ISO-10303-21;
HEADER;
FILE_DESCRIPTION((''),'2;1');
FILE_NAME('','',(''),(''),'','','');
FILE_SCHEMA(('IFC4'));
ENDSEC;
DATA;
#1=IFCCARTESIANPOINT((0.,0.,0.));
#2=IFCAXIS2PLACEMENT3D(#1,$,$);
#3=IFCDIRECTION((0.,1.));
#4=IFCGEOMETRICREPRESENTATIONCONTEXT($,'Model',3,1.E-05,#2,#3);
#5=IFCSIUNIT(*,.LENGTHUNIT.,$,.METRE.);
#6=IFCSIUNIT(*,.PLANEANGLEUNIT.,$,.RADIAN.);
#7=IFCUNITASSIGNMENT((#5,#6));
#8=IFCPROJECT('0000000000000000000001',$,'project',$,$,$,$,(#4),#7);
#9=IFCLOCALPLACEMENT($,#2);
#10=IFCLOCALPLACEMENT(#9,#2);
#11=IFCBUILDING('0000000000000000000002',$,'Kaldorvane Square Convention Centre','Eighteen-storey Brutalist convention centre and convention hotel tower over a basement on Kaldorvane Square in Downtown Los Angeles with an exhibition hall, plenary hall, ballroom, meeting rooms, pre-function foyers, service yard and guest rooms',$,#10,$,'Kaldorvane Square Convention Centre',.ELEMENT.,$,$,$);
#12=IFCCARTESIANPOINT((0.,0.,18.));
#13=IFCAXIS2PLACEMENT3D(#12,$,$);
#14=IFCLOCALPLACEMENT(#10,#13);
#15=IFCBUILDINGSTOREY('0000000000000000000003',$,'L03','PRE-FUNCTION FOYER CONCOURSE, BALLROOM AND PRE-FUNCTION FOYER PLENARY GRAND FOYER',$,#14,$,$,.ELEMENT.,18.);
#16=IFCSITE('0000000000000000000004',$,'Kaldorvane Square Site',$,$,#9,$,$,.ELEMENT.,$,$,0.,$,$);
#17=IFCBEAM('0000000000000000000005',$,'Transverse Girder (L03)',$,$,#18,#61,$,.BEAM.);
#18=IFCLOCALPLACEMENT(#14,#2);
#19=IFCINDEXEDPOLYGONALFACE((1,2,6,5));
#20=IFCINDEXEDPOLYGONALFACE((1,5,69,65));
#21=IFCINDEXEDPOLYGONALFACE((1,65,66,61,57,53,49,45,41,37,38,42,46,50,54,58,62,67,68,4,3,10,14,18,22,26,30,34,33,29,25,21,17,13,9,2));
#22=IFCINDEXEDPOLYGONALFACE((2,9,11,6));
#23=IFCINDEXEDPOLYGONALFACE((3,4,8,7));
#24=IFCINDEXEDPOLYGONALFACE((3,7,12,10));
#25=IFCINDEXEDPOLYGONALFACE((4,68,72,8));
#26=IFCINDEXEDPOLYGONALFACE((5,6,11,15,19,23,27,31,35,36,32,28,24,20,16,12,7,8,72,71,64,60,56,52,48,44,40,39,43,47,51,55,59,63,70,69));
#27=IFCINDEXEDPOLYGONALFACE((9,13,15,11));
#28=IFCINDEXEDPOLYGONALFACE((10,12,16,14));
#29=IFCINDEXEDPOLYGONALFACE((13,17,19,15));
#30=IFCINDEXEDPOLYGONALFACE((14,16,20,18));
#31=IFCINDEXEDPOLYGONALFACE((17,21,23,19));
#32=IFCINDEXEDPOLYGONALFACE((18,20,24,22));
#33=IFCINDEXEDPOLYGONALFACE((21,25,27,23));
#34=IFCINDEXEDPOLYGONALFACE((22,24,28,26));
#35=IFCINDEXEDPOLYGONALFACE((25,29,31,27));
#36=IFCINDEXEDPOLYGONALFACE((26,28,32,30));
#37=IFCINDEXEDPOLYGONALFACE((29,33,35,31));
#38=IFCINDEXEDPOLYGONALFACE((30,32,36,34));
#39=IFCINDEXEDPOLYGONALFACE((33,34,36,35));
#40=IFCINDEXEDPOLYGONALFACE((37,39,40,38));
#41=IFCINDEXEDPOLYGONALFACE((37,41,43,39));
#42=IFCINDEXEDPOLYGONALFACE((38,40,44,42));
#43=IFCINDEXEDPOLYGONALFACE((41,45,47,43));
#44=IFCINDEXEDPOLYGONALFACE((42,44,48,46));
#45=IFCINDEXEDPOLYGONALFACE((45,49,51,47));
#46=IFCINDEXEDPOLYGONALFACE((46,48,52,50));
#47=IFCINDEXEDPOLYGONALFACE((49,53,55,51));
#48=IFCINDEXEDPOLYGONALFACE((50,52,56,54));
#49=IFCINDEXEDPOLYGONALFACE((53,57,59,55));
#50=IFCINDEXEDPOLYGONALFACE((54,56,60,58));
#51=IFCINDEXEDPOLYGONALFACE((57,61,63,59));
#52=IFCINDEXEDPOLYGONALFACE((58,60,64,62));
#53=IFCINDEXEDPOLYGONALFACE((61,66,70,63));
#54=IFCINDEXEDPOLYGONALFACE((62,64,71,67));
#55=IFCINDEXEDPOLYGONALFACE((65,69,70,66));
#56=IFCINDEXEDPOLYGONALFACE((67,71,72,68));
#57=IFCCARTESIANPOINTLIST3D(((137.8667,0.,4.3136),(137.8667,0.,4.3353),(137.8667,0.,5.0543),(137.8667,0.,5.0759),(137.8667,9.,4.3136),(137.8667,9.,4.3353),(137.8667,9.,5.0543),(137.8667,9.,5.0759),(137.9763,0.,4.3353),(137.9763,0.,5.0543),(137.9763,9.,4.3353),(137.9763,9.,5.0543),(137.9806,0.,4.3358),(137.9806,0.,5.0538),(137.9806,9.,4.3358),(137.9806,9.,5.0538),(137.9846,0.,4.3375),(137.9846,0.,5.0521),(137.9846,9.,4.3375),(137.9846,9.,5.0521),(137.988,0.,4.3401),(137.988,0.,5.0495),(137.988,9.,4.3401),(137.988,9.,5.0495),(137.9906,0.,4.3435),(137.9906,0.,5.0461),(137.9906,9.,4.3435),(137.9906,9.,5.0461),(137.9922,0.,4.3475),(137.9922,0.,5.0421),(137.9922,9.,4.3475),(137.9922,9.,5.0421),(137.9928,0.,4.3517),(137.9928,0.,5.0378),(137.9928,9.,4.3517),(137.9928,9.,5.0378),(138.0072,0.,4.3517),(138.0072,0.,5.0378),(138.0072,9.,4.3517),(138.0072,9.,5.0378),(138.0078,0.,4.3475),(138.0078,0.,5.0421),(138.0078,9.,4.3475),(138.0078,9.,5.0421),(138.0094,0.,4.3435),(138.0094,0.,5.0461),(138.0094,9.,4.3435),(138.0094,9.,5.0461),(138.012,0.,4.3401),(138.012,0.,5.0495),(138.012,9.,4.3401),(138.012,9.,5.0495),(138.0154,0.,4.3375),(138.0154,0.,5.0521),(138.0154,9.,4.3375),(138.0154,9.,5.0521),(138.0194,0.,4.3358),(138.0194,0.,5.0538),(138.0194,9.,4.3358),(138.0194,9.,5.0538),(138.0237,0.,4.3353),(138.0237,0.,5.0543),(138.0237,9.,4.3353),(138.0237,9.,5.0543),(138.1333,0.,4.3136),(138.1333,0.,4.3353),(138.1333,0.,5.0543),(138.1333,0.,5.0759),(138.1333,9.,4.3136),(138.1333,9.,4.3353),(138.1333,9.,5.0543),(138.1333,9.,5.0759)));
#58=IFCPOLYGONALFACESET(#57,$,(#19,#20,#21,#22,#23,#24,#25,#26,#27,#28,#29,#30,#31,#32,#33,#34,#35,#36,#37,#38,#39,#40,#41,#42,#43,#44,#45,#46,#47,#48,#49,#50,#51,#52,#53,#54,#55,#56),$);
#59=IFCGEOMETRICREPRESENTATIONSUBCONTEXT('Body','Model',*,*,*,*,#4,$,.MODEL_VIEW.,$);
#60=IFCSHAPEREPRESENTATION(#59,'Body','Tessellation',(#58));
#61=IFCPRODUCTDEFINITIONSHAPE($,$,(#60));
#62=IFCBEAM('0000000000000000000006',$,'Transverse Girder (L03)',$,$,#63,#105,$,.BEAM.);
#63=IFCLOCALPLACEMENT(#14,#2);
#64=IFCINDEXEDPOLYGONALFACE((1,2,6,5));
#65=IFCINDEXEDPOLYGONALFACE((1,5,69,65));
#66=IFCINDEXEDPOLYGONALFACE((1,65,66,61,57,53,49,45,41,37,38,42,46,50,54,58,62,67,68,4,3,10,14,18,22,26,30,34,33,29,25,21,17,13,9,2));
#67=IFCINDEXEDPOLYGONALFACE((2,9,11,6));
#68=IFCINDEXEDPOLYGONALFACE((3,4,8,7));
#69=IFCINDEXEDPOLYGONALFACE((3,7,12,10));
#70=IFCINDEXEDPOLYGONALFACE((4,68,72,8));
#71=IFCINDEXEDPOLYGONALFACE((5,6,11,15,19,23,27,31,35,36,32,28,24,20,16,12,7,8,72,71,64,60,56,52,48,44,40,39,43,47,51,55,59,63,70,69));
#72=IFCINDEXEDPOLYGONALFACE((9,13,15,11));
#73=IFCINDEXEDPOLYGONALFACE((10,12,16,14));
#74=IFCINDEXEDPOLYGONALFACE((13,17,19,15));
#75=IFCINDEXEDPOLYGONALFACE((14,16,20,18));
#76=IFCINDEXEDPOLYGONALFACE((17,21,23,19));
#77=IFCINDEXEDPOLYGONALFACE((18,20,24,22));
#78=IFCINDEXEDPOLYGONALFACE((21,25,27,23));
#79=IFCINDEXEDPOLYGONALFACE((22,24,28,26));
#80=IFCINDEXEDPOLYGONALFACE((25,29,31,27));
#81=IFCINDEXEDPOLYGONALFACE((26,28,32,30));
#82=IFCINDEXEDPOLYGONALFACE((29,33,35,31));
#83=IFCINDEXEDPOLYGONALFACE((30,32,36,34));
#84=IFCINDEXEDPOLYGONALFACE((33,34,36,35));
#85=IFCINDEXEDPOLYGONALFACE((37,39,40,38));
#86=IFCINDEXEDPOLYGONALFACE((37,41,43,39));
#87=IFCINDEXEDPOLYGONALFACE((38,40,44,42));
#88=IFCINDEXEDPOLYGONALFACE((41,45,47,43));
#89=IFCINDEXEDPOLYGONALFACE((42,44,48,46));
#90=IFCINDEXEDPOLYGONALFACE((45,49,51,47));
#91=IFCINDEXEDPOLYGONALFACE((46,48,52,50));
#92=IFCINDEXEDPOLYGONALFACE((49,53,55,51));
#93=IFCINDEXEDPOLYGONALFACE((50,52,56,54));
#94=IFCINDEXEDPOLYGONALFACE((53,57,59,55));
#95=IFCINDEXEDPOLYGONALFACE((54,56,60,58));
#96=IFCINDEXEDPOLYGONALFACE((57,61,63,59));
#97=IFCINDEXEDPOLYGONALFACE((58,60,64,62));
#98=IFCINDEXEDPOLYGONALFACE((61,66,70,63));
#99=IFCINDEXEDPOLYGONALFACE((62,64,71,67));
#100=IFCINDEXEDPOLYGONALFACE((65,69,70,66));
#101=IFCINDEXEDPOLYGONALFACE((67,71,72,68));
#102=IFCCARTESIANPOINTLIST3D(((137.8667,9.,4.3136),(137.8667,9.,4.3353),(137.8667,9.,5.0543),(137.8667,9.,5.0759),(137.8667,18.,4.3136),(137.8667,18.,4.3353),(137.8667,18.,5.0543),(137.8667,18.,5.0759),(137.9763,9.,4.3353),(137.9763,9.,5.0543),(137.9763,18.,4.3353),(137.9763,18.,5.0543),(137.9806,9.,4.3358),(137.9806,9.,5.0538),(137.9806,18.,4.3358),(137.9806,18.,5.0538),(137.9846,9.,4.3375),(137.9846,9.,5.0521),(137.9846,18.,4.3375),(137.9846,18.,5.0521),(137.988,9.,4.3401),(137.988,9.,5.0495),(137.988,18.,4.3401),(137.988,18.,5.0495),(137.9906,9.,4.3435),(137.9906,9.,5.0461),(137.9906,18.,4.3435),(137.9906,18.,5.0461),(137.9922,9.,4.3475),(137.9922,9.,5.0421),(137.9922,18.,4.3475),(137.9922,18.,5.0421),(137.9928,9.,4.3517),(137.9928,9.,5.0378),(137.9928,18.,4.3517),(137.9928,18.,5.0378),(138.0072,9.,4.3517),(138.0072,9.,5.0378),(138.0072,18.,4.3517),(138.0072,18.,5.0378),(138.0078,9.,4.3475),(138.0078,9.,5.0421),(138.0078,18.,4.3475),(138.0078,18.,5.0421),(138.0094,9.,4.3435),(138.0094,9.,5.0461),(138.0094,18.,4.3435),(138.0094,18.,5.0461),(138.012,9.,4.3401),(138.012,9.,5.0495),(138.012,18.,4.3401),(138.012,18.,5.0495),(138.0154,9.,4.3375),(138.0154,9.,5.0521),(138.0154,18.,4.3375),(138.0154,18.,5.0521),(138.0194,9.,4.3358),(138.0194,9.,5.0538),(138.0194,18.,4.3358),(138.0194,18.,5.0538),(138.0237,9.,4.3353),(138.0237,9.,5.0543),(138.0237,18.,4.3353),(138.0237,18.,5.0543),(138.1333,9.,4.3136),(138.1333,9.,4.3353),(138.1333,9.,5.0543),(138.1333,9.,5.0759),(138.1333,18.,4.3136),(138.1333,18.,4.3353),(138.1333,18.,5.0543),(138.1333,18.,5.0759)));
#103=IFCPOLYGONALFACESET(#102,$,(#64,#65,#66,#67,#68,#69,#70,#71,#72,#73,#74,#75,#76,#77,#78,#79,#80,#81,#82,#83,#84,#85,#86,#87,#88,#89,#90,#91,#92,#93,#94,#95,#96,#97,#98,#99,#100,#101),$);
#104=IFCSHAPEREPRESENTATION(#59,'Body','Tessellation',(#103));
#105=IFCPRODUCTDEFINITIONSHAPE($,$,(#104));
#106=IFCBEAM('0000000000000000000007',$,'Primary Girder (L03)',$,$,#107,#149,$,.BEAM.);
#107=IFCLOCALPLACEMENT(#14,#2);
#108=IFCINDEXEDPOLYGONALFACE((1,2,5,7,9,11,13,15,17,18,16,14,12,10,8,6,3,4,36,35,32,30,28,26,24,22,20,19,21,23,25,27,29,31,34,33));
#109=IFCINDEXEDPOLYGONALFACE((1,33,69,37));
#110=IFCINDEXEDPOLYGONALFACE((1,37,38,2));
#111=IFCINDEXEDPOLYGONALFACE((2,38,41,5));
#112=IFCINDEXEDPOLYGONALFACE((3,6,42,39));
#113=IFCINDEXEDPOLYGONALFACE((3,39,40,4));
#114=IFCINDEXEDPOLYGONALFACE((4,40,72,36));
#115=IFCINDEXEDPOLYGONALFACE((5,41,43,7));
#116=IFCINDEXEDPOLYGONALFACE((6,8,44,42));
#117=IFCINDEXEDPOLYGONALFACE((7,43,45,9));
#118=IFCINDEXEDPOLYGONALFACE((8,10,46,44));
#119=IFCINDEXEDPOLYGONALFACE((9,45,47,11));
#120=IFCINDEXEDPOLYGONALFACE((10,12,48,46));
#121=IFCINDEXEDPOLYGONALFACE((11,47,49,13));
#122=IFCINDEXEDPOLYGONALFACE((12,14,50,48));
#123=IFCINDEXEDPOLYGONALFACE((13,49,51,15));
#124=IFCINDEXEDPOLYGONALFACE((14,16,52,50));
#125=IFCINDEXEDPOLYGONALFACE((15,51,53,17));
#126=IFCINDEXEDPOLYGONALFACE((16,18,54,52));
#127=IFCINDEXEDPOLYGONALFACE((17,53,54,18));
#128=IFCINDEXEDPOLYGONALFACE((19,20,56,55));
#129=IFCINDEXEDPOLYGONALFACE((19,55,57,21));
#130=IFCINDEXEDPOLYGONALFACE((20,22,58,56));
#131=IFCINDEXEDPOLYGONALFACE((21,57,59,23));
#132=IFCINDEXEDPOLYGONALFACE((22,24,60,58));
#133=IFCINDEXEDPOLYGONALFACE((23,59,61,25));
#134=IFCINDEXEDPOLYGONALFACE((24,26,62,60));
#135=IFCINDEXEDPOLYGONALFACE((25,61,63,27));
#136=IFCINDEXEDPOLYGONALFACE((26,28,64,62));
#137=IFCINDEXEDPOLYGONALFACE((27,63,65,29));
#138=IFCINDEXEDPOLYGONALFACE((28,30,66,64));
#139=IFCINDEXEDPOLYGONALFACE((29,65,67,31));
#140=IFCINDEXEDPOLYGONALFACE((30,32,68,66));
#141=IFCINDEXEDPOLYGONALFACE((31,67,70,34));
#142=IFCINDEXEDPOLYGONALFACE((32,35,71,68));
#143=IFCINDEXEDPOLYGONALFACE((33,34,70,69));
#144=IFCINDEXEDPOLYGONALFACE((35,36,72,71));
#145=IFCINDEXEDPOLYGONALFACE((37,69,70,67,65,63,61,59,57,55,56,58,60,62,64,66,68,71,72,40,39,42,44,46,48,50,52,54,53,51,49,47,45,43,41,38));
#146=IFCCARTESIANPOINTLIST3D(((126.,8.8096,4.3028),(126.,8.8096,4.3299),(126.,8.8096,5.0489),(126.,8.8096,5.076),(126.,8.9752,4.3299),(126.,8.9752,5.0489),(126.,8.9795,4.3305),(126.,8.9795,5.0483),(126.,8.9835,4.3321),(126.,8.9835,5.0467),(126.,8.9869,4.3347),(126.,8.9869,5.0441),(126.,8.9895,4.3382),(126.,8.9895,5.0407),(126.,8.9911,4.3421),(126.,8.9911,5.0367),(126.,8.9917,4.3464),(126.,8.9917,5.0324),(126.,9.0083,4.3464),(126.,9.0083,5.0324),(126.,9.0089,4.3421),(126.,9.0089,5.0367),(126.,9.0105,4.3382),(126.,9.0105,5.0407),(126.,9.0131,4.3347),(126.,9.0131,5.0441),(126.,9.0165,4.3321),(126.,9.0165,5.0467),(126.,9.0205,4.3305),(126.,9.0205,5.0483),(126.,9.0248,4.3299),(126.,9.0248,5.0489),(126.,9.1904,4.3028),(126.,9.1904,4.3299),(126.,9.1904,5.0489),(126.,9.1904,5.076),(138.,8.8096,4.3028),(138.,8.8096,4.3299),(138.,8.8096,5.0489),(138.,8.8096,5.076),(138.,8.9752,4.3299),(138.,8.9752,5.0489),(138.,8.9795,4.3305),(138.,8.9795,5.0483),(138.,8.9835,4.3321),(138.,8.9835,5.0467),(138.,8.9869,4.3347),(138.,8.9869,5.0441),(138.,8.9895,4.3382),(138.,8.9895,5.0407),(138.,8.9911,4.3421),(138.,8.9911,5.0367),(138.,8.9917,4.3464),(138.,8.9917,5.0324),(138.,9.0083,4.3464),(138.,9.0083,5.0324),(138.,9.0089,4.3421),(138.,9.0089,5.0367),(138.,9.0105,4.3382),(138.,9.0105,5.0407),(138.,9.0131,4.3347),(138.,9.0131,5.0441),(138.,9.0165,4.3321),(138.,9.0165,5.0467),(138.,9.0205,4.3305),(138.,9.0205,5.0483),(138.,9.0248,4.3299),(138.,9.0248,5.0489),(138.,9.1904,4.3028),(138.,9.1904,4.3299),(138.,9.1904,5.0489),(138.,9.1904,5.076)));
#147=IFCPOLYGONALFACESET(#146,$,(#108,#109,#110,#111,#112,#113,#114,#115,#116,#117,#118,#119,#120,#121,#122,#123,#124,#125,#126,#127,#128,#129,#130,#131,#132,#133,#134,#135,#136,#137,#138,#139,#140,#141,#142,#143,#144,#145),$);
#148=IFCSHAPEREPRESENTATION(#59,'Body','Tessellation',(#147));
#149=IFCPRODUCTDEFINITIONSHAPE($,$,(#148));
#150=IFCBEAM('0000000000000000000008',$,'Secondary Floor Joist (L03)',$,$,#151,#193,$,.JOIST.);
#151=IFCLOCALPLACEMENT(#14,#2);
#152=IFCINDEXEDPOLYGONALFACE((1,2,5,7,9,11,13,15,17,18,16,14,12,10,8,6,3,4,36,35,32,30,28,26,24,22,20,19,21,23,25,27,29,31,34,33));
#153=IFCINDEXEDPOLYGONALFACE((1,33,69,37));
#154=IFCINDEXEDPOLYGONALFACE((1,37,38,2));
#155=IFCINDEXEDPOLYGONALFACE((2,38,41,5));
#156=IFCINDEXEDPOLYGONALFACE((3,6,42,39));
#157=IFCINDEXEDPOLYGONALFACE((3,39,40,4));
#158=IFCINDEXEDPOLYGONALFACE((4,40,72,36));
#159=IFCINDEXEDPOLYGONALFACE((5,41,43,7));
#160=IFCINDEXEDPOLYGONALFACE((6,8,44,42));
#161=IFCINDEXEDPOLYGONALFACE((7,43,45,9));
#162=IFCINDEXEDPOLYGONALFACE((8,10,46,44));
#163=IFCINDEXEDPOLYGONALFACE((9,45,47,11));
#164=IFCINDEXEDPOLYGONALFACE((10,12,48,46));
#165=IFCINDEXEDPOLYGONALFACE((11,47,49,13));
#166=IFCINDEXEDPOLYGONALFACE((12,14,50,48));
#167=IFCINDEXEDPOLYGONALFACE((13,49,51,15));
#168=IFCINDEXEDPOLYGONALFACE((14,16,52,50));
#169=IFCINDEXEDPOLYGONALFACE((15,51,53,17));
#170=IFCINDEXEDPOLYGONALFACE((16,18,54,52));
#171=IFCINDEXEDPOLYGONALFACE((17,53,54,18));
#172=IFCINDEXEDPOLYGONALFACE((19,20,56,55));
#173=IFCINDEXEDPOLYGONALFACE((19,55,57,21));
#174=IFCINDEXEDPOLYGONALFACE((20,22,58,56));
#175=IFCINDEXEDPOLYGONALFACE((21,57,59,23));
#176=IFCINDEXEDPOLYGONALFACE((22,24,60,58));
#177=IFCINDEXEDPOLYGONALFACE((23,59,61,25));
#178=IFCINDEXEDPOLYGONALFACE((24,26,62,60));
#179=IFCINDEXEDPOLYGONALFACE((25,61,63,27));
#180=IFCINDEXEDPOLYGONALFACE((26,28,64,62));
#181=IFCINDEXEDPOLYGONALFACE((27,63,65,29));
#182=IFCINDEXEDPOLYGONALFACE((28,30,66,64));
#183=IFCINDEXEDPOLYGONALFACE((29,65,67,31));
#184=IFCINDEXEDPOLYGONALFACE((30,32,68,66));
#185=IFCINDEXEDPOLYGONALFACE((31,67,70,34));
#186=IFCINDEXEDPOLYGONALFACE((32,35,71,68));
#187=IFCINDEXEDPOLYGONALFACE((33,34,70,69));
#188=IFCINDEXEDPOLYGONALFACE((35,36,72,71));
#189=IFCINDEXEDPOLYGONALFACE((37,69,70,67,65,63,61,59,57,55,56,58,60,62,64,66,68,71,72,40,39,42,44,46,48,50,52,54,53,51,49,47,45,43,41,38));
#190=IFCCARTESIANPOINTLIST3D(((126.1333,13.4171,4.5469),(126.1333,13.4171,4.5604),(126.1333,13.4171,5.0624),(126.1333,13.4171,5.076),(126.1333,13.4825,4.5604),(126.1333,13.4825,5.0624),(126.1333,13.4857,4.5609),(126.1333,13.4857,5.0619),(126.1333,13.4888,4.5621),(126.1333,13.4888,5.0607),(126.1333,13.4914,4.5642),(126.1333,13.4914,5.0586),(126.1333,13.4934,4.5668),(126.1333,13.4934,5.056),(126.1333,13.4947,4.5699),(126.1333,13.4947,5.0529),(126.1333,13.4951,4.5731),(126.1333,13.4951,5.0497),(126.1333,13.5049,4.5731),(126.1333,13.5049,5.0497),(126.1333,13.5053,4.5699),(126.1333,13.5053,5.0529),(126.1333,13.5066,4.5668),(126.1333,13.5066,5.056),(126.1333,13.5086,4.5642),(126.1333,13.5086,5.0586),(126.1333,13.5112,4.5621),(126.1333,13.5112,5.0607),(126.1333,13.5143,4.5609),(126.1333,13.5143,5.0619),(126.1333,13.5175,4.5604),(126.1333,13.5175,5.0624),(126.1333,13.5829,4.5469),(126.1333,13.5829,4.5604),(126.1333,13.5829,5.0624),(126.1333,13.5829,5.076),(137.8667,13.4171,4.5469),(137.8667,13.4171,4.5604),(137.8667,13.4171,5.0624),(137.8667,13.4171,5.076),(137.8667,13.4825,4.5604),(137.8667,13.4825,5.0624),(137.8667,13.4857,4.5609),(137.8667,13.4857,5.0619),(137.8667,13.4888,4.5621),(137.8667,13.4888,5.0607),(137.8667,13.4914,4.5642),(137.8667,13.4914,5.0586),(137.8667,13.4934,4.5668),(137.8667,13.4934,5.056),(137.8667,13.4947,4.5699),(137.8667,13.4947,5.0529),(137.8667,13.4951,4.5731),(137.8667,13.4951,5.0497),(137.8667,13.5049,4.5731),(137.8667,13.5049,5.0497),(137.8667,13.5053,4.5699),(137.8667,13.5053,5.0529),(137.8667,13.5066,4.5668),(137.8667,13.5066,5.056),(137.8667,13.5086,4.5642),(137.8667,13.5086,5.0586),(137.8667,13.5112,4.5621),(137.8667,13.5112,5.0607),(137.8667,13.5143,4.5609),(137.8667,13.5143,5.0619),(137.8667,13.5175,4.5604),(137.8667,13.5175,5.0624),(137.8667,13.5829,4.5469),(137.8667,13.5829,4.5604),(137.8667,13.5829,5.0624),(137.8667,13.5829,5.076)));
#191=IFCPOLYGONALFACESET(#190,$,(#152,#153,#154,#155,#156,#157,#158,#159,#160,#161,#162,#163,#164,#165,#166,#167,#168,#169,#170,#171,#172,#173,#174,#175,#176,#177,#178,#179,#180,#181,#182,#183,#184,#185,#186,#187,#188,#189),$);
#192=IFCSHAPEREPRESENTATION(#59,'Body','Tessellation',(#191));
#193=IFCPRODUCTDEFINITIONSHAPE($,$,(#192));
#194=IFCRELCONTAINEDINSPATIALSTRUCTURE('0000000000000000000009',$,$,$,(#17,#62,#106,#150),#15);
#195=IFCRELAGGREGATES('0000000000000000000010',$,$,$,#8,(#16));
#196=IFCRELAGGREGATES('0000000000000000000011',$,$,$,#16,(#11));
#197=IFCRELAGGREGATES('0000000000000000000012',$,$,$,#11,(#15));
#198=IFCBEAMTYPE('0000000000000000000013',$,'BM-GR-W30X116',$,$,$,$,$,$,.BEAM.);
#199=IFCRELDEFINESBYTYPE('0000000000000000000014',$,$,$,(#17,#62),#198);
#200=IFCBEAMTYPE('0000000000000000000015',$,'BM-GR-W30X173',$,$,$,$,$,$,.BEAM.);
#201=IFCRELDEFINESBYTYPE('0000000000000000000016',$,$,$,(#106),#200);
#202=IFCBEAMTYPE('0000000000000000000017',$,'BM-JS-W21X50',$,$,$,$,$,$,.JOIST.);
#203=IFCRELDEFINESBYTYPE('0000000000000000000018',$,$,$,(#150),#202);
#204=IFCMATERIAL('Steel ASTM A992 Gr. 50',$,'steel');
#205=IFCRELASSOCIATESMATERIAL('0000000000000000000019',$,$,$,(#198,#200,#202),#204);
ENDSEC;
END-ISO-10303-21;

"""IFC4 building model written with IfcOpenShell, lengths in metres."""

from ifc_helpers import new_model, si_unit, direction, frame, origin, origin_2d, place, context, subcontext, project, spatial, i_section, extrude, material, material_profile, profile_set, type_object, element, save


model = new_model("IFC4")

# Units and contexts
model_context = context("Model", 3, precision=1e-05, world=origin(), true_north=direction((0.0, 1.0)))
body_context = subcontext(model_context, "Body", "Model", "MODEL_VIEW")
ifc_project = project(units=[si_unit("LENGTHUNIT", "METRE"), si_unit("PLANEANGLEUNIT", "RADIAN")], contexts=[model_context])

# Site, building, storey
site_placement = place(None, origin())
site = spatial("IfcSite", under=ifc_project, at=site_placement, Name="Kaldorvane Square Site", CompositionType="ELEMENT", RefElevation=0.0)
building_placement = place(site_placement, origin())
building = spatial("IfcBuilding", under=site, at=building_placement, Name="Kaldorvane Square Convention Centre", Description="Eighteen-storey Brutalist convention centre and convention hotel tower over a basement on Kaldorvane Square in Downtown Los Angeles with an exhibition hall, plenary hall, ballroom, meeting rooms, pre-function foyers, service yard and guest rooms", LongName="Kaldorvane Square Convention Centre", CompositionType="ELEMENT")
storey_placement = place(building_placement, frame((0.0, 0.0, 18.0)))
storey = spatial("IfcBuildingStorey", under=building, at=storey_placement, Name="L03", Description="PRE-FUNCTION FOYER CONCOURSE, BALLROOM AND PRE-FUNCTION FOYER PLENARY GRAND FOYER", CompositionType="ELEMENT", Elevation=18.0)

# Shared definitions
ifc_material_1 = material(Name="Steel ASTM A992 Gr. 50", Category="steel")

# Beams
ifc_material_profile_1 = material_profile(ifc_material_1, i_section(OverallWidth=0.2666, OverallDepth=0.7623, WebThickness=0.0144, FlangeThickness=0.0216, FilletRadius=0.0165, at=origin_2d()), Name="W30X116")
ifc_profile_set_1 = profile_set([ifc_material_profile_1], Name="Steel ASTM A992 Gr. 50")
beam_type_1 = type_object("IfcBeamType", Name="BM-GR-W30X116", PredefinedType="BEAM", material=ifc_profile_set_1)
for number, where, z_axis, x_axis, name in (
    (1, (138.0, 0.0, 4.6948), (0.0, 1.0, 0.0), (-1.0, 0.0, 0.0), "Transverse Girder (L03)"),
    (2, (138.0, 9.0, 4.6948), (0.0, 1.0, 0.0), (-1.0, 0.0, 0.0), "Transverse Girder (L03)"),
):
    element("IfcBeam", number, at=place(storey_placement, frame(where, z_axis=z_axis, x_axis=x_axis)), inside=storey, type_object=beam_type_1, Name=name, PredefinedType="BEAM", context=body_context, shape_type="SweptSolid", body=[
        extrude(i_section(OverallWidth=0.2666, OverallDepth=0.7623, WebThickness=0.0144, FlangeThickness=0.0216, FilletRadius=0.0165, at=origin_2d()), origin(), (0.0, 0.0, 1.0), 9.0),
    ])
ifc_material_profile_2 = material_profile(ifc_material_1, i_section(OverallWidth=0.3807, OverallDepth=0.7732, WebThickness=0.0166, FlangeThickness=0.0271, FilletRadius=0.0165, at=origin_2d()), Name="W30X173")
ifc_profile_set_2 = profile_set([ifc_material_profile_2], Name="Steel ASTM A992 Gr. 50")
beam_type_2 = type_object("IfcBeamType", Name="BM-GR-W30X173", PredefinedType="BEAM", material=ifc_profile_set_2)
beam_1_placement = place(storey_placement, frame((126.0, 9.0, 4.6894), z_axis=(1.0, 0.0, 0.0), x_axis=(0.0, 1.0, 0.0)))
element("IfcBeam", 3, at=beam_1_placement, inside=storey, type_object=beam_type_2, Name="Primary Girder (L03)", PredefinedType="BEAM", context=body_context, shape_type="SweptSolid", body=[
    extrude(i_section(OverallWidth=0.3807, OverallDepth=0.7732, WebThickness=0.0166, FlangeThickness=0.0271, FilletRadius=0.0165, at=origin_2d()), origin(), (0.0, 0.0, 1.0), 12.0),
])
ifc_material_profile_3 = material_profile(ifc_material_1, i_section(OverallWidth=0.1659, OverallDepth=0.5291, WebThickness=0.0097, FlangeThickness=0.0136, FilletRadius=0.0127, at=origin_2d()), Name="W21X50")
ifc_profile_set_3 = profile_set([ifc_material_profile_3], Name="Steel ASTM A992 Gr. 50")
beam_type_3 = type_object("IfcBeamType", Name="BM-JS-W21X50", PredefinedType="JOIST", material=ifc_profile_set_3)
beam_2_placement = place(storey_placement, frame((126.1333, 13.5, 4.8114), z_axis=(1.0, 0.0, 0.0), x_axis=(0.0, 1.0, 0.0)))
element("IfcBeam", 4, at=beam_2_placement, inside=storey, type_object=beam_type_3, Name="Secondary Floor Joist (L03)", PredefinedType="JOIST", context=body_context, shape_type="SweptSolid", body=[
    extrude(i_section(OverallWidth=0.1659, OverallDepth=0.5291, WebThickness=0.0097, FlangeThickness=0.0136, FilletRadius=0.0127, at=origin_2d()), origin(), (0.0, 0.0, 1.0), 11.7334),
])

save(model, "model.ifc")
